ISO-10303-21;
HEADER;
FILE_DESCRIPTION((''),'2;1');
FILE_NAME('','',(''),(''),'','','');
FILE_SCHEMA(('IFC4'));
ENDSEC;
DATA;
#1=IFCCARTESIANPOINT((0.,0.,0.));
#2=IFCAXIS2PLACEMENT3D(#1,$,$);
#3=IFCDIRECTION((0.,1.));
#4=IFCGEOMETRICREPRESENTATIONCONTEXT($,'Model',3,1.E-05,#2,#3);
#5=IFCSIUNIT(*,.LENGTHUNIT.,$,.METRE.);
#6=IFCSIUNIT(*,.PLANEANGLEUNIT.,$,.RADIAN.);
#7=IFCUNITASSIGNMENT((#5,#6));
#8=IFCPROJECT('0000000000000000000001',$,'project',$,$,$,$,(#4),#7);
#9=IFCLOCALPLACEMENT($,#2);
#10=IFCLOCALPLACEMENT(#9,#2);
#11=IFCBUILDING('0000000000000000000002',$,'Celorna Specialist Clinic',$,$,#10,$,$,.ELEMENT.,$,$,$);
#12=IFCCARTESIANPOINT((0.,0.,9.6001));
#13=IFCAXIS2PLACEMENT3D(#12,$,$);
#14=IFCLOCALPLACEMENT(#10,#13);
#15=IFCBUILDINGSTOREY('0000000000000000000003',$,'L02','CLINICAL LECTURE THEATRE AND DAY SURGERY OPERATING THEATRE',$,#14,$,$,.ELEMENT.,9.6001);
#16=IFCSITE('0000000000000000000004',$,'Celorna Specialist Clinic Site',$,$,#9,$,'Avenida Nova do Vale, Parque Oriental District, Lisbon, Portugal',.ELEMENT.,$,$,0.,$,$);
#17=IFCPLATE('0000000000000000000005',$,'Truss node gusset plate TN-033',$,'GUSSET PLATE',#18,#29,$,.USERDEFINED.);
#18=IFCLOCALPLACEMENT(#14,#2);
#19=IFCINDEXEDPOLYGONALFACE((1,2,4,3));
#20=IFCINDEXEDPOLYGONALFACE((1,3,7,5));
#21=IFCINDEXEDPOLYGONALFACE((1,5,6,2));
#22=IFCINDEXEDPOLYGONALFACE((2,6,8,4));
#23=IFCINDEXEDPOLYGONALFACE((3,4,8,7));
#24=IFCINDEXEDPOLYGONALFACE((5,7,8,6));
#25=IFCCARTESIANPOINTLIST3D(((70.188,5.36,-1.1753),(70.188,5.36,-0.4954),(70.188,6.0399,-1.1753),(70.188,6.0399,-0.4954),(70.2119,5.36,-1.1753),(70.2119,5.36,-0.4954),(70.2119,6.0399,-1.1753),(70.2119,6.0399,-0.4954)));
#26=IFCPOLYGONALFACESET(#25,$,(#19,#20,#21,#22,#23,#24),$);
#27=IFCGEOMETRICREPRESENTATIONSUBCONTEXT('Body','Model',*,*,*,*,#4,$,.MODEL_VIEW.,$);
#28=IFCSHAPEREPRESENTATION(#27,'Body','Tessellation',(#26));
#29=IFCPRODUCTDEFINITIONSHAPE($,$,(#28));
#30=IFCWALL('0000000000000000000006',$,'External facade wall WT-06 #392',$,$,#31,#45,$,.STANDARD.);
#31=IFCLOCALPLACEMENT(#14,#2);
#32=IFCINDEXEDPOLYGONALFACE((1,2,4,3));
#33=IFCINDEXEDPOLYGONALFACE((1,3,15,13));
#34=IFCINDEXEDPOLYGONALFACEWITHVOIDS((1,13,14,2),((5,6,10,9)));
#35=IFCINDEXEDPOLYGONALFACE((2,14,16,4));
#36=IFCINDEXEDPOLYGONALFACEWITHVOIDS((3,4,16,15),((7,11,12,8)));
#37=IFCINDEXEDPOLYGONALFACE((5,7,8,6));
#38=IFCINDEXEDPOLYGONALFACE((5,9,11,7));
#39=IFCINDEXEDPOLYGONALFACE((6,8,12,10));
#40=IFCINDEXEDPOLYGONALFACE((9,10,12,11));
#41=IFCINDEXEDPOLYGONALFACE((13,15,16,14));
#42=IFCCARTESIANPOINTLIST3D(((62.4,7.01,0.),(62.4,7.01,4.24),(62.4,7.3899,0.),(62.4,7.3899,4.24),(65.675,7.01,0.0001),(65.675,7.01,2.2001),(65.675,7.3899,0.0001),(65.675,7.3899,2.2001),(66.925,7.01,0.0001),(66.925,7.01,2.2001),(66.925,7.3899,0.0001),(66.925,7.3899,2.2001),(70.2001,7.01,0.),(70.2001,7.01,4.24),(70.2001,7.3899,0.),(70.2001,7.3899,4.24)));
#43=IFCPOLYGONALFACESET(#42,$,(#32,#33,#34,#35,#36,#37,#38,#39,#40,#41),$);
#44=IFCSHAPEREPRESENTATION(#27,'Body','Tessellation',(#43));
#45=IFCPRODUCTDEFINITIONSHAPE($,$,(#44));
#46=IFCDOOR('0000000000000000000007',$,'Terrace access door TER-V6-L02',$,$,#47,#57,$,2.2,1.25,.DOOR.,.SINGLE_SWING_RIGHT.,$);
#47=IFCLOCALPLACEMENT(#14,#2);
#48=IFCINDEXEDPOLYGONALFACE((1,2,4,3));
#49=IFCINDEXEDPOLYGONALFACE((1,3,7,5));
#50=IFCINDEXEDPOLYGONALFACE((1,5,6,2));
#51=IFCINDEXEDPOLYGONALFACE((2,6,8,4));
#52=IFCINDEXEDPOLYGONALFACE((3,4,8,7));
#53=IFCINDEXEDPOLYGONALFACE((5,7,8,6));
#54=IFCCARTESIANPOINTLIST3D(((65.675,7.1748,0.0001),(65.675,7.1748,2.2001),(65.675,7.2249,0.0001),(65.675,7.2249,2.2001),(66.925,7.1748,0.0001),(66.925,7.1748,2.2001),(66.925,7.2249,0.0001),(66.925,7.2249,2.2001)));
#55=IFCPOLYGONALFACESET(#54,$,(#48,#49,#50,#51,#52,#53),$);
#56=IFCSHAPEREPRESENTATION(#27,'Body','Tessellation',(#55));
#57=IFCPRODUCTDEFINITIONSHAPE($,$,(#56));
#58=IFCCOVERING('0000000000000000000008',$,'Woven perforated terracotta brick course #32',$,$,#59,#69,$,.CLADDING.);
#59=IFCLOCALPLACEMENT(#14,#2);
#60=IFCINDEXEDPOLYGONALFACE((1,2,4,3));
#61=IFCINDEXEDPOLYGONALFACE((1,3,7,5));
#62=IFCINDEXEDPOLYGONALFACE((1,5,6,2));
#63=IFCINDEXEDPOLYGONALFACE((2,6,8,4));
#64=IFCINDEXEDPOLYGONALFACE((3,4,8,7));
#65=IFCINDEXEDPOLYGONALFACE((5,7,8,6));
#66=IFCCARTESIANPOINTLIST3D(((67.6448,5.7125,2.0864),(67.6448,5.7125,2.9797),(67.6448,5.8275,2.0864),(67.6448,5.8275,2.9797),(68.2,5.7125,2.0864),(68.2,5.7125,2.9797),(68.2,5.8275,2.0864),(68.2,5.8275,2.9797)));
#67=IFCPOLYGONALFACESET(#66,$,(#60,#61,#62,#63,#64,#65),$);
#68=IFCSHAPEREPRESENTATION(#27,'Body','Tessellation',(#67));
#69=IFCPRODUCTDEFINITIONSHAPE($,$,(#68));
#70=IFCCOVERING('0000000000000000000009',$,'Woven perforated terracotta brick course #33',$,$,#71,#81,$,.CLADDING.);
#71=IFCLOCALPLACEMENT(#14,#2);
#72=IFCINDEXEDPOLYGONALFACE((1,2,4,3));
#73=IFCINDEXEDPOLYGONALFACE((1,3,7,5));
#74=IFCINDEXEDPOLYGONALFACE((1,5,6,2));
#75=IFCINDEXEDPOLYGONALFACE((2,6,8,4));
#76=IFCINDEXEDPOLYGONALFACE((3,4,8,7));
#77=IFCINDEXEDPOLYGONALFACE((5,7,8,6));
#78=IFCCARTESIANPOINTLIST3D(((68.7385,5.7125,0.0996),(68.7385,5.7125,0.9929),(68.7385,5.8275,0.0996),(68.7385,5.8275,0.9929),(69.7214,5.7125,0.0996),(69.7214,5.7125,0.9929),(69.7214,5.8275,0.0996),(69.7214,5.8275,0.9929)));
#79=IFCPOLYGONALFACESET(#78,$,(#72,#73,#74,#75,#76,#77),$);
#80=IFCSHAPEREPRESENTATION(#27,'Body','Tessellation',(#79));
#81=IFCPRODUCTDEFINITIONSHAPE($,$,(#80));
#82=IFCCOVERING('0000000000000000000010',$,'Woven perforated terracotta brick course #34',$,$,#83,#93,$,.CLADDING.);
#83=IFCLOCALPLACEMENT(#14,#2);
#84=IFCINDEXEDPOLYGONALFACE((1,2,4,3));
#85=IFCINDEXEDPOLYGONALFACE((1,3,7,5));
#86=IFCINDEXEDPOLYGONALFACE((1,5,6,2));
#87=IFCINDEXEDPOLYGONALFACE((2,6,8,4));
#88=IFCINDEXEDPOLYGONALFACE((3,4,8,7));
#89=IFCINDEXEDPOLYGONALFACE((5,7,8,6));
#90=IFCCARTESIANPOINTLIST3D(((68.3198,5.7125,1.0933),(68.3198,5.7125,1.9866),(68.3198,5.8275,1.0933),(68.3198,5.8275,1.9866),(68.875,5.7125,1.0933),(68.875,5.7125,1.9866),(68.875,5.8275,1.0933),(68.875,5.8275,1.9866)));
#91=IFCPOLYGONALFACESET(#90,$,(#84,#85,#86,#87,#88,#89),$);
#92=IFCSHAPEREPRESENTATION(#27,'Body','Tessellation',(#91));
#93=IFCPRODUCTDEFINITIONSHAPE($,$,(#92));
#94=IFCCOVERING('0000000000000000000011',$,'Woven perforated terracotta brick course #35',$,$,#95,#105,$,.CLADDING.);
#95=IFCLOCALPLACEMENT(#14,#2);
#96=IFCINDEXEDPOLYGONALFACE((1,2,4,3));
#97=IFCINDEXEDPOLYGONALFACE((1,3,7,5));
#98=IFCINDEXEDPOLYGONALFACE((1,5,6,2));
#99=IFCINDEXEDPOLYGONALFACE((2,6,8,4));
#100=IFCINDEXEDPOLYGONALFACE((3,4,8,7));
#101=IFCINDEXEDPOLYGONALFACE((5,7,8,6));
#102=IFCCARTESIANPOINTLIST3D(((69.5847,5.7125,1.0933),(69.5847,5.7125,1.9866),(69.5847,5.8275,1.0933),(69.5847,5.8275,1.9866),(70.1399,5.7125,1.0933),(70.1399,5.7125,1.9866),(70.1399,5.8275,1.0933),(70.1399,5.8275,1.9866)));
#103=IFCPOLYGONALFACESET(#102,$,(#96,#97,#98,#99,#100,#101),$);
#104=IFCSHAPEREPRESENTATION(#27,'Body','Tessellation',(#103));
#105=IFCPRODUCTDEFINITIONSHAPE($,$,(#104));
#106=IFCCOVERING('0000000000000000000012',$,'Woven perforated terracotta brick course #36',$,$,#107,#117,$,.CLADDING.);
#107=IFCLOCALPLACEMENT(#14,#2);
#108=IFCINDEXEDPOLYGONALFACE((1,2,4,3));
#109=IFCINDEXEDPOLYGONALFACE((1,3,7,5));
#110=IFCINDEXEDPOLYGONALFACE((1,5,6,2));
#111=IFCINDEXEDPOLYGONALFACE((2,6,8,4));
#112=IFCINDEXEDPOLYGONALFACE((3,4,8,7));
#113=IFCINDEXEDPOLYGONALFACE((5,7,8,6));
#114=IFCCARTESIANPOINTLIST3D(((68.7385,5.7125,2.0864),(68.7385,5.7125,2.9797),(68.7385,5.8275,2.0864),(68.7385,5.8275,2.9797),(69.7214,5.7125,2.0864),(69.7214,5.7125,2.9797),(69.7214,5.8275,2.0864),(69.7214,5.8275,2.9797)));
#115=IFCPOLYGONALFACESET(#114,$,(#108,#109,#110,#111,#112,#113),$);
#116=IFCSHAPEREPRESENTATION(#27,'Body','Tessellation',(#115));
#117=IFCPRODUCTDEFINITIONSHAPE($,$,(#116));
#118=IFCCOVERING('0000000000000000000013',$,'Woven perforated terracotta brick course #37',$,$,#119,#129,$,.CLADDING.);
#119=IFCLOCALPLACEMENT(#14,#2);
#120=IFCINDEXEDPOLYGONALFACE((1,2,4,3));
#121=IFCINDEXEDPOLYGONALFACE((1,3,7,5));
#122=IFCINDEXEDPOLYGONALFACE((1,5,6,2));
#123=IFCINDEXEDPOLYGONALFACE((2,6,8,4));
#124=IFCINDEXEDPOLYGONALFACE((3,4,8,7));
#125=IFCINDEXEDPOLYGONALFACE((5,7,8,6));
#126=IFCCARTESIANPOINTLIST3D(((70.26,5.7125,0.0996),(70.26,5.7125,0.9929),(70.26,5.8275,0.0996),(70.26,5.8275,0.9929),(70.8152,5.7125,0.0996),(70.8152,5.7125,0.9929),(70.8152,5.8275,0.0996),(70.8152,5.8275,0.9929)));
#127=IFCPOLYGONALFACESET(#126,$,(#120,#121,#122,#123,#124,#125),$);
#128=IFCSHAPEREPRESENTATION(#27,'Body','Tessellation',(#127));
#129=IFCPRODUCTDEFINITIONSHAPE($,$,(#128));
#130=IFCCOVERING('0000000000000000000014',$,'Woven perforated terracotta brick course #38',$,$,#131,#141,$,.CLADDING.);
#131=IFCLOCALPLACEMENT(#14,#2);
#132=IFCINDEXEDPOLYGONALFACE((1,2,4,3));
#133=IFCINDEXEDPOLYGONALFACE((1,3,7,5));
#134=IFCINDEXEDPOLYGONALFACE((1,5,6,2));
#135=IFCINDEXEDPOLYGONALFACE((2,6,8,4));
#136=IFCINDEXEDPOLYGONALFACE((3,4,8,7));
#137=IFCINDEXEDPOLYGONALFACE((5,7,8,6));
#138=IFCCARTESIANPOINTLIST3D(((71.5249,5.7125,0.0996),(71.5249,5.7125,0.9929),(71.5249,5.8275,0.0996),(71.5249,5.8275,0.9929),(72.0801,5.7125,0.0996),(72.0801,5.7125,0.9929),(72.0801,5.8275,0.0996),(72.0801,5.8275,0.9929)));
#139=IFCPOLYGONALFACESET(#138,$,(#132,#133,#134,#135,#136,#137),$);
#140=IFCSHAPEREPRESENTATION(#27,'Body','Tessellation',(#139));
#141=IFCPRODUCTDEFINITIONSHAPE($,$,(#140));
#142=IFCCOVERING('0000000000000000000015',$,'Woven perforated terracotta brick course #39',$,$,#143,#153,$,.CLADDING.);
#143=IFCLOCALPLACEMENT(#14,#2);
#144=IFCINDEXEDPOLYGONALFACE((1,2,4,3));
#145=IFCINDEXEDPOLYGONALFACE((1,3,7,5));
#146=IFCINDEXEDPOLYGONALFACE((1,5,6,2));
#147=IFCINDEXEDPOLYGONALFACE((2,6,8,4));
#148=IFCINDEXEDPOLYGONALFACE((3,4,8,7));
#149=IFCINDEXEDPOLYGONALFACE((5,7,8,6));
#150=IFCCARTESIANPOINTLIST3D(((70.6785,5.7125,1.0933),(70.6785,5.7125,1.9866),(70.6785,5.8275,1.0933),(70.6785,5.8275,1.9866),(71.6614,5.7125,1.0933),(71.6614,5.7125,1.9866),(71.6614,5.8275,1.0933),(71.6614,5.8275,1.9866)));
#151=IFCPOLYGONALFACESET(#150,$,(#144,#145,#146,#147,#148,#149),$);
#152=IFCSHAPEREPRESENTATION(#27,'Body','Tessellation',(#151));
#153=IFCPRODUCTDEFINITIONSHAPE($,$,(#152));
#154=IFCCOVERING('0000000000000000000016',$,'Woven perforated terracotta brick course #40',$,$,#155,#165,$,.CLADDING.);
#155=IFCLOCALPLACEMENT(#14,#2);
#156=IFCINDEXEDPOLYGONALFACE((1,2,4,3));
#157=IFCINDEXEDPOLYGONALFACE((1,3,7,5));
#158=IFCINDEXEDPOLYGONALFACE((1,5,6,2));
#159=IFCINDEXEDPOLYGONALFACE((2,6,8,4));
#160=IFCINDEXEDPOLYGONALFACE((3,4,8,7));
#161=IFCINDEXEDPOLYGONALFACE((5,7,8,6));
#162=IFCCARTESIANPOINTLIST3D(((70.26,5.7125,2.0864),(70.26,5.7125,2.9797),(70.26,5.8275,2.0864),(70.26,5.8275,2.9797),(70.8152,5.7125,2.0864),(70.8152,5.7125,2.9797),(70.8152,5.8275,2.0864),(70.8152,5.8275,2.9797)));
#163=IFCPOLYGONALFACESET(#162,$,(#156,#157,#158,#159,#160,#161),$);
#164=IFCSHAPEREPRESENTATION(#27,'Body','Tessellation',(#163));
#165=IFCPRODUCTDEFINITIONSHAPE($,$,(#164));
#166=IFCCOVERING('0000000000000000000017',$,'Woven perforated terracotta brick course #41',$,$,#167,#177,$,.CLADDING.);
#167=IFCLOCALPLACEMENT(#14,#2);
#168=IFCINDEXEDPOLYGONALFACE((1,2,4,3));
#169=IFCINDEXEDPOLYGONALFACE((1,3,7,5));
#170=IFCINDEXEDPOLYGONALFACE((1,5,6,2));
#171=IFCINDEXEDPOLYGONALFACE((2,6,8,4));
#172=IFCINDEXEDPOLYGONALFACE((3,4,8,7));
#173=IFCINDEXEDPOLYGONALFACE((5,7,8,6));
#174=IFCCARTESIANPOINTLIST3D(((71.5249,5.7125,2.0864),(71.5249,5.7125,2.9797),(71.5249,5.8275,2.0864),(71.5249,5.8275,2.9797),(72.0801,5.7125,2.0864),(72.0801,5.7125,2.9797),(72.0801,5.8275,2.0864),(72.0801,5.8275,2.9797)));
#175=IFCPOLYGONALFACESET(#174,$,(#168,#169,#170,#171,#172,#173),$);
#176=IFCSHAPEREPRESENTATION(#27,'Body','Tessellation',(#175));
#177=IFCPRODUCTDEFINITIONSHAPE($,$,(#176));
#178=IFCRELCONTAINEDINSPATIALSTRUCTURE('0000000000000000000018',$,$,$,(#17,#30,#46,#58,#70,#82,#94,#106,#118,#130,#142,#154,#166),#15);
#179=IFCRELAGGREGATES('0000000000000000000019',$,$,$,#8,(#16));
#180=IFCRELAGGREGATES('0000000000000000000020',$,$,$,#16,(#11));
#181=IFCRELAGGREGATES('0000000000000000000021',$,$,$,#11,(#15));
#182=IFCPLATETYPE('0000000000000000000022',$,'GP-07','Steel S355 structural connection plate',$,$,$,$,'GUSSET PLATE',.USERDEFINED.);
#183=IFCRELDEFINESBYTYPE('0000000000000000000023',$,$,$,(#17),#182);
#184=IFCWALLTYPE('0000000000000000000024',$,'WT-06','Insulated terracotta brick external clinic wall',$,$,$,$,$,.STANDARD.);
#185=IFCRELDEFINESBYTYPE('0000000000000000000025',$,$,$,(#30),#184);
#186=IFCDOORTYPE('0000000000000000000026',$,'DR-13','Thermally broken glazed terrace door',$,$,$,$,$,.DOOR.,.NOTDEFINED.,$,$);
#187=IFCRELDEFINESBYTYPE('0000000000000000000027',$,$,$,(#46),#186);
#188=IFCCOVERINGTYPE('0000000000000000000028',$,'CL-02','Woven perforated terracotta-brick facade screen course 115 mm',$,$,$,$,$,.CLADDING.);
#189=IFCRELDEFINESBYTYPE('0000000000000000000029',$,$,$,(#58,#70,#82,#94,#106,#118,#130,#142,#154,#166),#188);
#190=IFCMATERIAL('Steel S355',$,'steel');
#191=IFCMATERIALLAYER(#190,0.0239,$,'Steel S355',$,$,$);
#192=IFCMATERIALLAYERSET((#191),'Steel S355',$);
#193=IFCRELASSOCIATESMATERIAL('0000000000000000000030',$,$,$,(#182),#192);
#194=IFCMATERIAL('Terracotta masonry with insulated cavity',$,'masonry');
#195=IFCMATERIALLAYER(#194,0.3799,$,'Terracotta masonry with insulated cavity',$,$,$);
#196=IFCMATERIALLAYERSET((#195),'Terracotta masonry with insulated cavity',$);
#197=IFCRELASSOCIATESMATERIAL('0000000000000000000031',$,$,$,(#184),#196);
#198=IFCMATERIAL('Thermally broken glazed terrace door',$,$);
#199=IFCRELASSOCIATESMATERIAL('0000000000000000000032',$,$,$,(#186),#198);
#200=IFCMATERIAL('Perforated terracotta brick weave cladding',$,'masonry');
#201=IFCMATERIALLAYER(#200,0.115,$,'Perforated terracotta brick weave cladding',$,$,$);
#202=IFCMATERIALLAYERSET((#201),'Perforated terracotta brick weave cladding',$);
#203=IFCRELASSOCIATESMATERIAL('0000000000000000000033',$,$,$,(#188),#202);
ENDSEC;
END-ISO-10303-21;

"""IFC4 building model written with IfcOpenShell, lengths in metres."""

from ifc_helpers import new_model, si_unit, direction, frame, frame_2d, origin, origin_2d, place, context, subcontext, project, spatial, rectangle, extrude, material, layer, layer_set, type_object, element, fill, save


model = new_model("IFC4")

# Units and contexts
model_context = context("Model", 3, precision=1e-05, world=origin(), true_north=direction((0.0, 1.0)))
body_context = subcontext(model_context, "Body", "Model", "MODEL_VIEW")
ifc_project = project(units=[si_unit("LENGTHUNIT", "METRE"), si_unit("PLANEANGLEUNIT", "RADIAN")], contexts=[model_context])

# Site, building, storey
site_placement = place(None, origin())
site = spatial("IfcSite", under=ifc_project, at=site_placement, Name="Celorna Specialist Clinic Site", LongName="Avenida Nova do Vale, Parque Oriental District, Lisbon, Portugal", CompositionType="ELEMENT", RefElevation=0.0)
building_placement = place(site_placement, origin())
building = spatial("IfcBuilding", under=site, at=building_placement, Name="Celorna Specialist Clinic", CompositionType="ELEMENT")
storey_placement = place(building_placement, frame((0.0, 0.0, 9.6001)))
storey = spatial("IfcBuildingStorey", under=building, at=storey_placement, Name="L02", Description="CLINICAL LECTURE THEATRE AND DAY SURGERY OPERATING THEATRE", CompositionType="ELEMENT", Elevation=9.6001)

# Shared definitions
ifc_material_1 = material(Name="Steel S355", Category="steel")

# Plate
ifc_layer_1 = layer(ifc_material_1, 0.0239, Name="Steel S355")
ifc_layer_set_1 = layer_set([ifc_layer_1], Name="Steel S355")
plate_type_1 = type_object("IfcPlateType", Name="GP-07", Description="Steel S355 structural connection plate", ElementType="GUSSET PLATE", PredefinedType="USERDEFINED", material=ifc_layer_set_1)
plate_1_placement = place(storey_placement, frame((70.2, 5.7, -1.1753), z_axis=(0.0, 0.0, 1.0), x_axis=(0.0, 1.0, 0.0)))
element("IfcPlate", 1, at=plate_1_placement, inside=storey, type_object=plate_type_1, Name="Truss node gusset plate TN-033", ObjectType="GUSSET PLATE", PredefinedType="USERDEFINED", context=body_context, shape_type="SweptSolid", body=[
    extrude(rectangle(XDim=0.6799, YDim=0.0239, at=origin_2d()), origin(), (0.0, 0.0, 1.0), 0.6799),
])

# Wall, opening, door
ifc_material_2 = material(Name="Terracotta masonry with insulated cavity", Category="masonry")
ifc_layer_2 = layer(ifc_material_2, 0.3799, Name="Terracotta masonry with insulated cavity")
ifc_layer_set_2 = layer_set([ifc_layer_2], Name="Terracotta masonry with insulated cavity")
wall_type = type_object("IfcWallType", Name="WT-06", Description="Insulated terracotta brick external clinic wall", PredefinedType="STANDARD", material=ifc_layer_set_2)
wall_placement = place(storey_placement, frame((70.2, 7.2, 0.0), z_axis=(0.0, 0.0, 1.0), x_axis=(-1.0, 0.0, 0.0)))
wall = element("IfcWall", 2, at=wall_placement, inside=storey, type_object=wall_type, Name="External facade wall WT-06 #392", PredefinedType="STANDARD", context=body_context, shape_type="SweptSolid", body=[
    extrude(rectangle(XDim=7.8, YDim=0.3799, at=frame_2d((3.8999, 0.0))), origin(), (0.0, 0.0, 1.0), 4.24),
])
opening_placement = place(wall_placement, frame((3.2749, 0.0, 0.0)))
opening = element("IfcOpeningElement", 3, at=opening_placement, cuts=wall, PredefinedType="OPENING", context=body_context, shape_type="SweptSolid", body=[
    extrude(rectangle(XDim=1.25, YDim=2.2, at=frame_2d((0.625, 1.1001))), frame((0.0, 0.2, 0.0), z_axis=(0.0, -1.0, 0.0), x_axis=(1.0, 0.0, 0.0)), (0.0, 0.0, 1.0), 0.3999),
])
ifc_material_3 = material(Name="Thermally broken glazed terrace door")
door_type = type_object("IfcDoorType", Name="DR-13", Description="Thermally broken glazed terrace door", OperationType="NOTDEFINED", PredefinedType="DOOR", material=ifc_material_3)
door_placement = place(opening_placement, frame((1.25, 0.0, 0.0), z_axis=(0.0, 0.0, 1.0), x_axis=(-1.0, 0.0, 0.0)))
door = element("IfcDoor", 4, at=door_placement, inside=storey, type_object=door_type, Name="Terrace access door TER-V6-L02", OperationType="SINGLE_SWING_RIGHT", OverallHeight=2.2, OverallWidth=1.25, PredefinedType="DOOR", context=body_context, shape_type="SweptSolid", body=[
    extrude(rectangle(XDim=1.25, YDim=2.2, at=frame_2d((0.625, 1.1001))), frame((0.0, 0.0249, 0.0), z_axis=(0.0, -1.0, 0.0), x_axis=(1.0, 0.0, 0.0)), (0.0, 0.0, 1.0), 0.05),
])
fill(opening, door)

# Coverings
ifc_material_4 = material(Name="Perforated terracotta brick weave cladding", Category="masonry")
ifc_layer_3 = layer(ifc_material_4, 0.115, Name="Perforated terracotta brick weave cladding")
ifc_layer_set_3 = layer_set([ifc_layer_3], Name="Perforated terracotta brick weave cladding")
covering_type = type_object("IfcCoveringType", Name="CL-02", Description="Woven perforated terracotta-brick facade screen course 115 mm", PredefinedType="CLADDING", material=ifc_layer_set_3)
covering_1_placement = place(storey_placement, frame((67.9224, 5.77, 2.0864), z_axis=(0.0, 0.0, 1.0), x_axis=(1.0, 0.0, 0.0)))
element("IfcCovering", 5, at=covering_1_placement, inside=storey, type_object=covering_type, Name="Woven perforated terracotta brick course #32", PredefinedType="CLADDING", context=body_context, shape_type="SweptSolid", body=[
    extrude(rectangle(XDim=0.5552, YDim=0.115, at=origin_2d()), origin(), (0.0, 0.0, 1.0), 0.8933),
])
covering_2_placement = place(storey_placement, frame((69.23, 5.77, 0.0996), z_axis=(0.0, 0.0, 1.0), x_axis=(1.0, 0.0, 0.0)))
element("IfcCovering", 6, at=covering_2_placement, inside=storey, type_object=covering_type, Name="Woven perforated terracotta brick course #33", PredefinedType="CLADDING", context=body_context, shape_type="SweptSolid", body=[
    extrude(rectangle(XDim=0.9829, YDim=0.115, at=origin_2d()), origin(), (0.0, 0.0, 1.0), 0.8933),
])
for number, where, z_axis, x_axis, name in (
    (7, (68.5974, 5.77, 1.0933), (0.0, 0.0, 1.0), (1.0, 0.0, 0.0), "Woven perforated terracotta brick course #34"),
    (8, (69.8623, 5.77, 1.0933), (0.0, 0.0, 1.0), (1.0, 0.0, 0.0), "Woven perforated terracotta brick course #35"),
):
    element("IfcCovering", number, at=place(storey_placement, frame(where, z_axis=z_axis, x_axis=x_axis)), inside=storey, type_object=covering_type, Name=name, PredefinedType="CLADDING", context=body_context, shape_type="SweptSolid", body=[
        extrude(rectangle(XDim=0.5552, YDim=0.115, at=origin_2d()), origin(), (0.0, 0.0, 1.0), 0.8933),
    ])
covering_3_placement = place(storey_placement, frame((69.23, 5.77, 2.0864), z_axis=(0.0, 0.0, 1.0), x_axis=(1.0, 0.0, 0.0)))
element("IfcCovering", 9, at=covering_3_placement, inside=storey, type_object=covering_type, Name="Woven perforated terracotta brick course #36", PredefinedType="CLADDING", context=body_context, shape_type="SweptSolid", body=[
    extrude(rectangle(XDim=0.9829, YDim=0.115, at=origin_2d()), origin(), (0.0, 0.0, 1.0), 0.8933),
])
for number, where, z_axis, x_axis, name in (
    (10, (70.5376, 5.77, 0.0996), (0.0, 0.0, 1.0), (1.0, 0.0, 0.0), "Woven perforated terracotta brick course #37"),
    (11, (71.8025, 5.77, 0.0996), (0.0, 0.0, 1.0), (1.0, 0.0, 0.0), "Woven perforated terracotta brick course #38"),
):
    element("IfcCovering", number, at=place(storey_placement, frame(where, z_axis=z_axis, x_axis=x_axis)), inside=storey, type_object=covering_type, Name=name, PredefinedType="CLADDING", context=body_context, shape_type="SweptSolid", body=[
        extrude(rectangle(XDim=0.5552, YDim=0.115, at=origin_2d()), origin(), (0.0, 0.0, 1.0), 0.8933),
    ])
covering_4_placement = place(storey_placement, frame((71.1699, 5.77, 1.0933), z_axis=(0.0, 0.0, 1.0), x_axis=(1.0, 0.0, 0.0)))
element("IfcCovering", 12, at=covering_4_placement, inside=storey, type_object=covering_type, Name="Woven perforated terracotta brick course #39", PredefinedType="CLADDING", context=body_context, shape_type="SweptSolid", body=[
    extrude(rectangle(XDim=0.9829, YDim=0.115, at=origin_2d()), origin(), (0.0, 0.0, 1.0), 0.8933),
])
for number, where, z_axis, x_axis, name in (
    (13, (70.5376, 5.77, 2.0864), (0.0, 0.0, 1.0), (1.0, 0.0, 0.0), "Woven perforated terracotta brick course #40"),
    (14, (71.8025, 5.77, 2.0864), (0.0, 0.0, 1.0), (1.0, 0.0, 0.0), "Woven perforated terracotta brick course #41"),
):
    element("IfcCovering", number, at=place(storey_placement, frame(where, z_axis=z_axis, x_axis=x_axis)), inside=storey, type_object=covering_type, Name=name, PredefinedType="CLADDING", context=body_context, shape_type="SweptSolid", body=[
        extrude(rectangle(XDim=0.5552, YDim=0.115, at=origin_2d()), origin(), (0.0, 0.0, 1.0), 0.8933),
    ])

save(model, "model.ifc")
